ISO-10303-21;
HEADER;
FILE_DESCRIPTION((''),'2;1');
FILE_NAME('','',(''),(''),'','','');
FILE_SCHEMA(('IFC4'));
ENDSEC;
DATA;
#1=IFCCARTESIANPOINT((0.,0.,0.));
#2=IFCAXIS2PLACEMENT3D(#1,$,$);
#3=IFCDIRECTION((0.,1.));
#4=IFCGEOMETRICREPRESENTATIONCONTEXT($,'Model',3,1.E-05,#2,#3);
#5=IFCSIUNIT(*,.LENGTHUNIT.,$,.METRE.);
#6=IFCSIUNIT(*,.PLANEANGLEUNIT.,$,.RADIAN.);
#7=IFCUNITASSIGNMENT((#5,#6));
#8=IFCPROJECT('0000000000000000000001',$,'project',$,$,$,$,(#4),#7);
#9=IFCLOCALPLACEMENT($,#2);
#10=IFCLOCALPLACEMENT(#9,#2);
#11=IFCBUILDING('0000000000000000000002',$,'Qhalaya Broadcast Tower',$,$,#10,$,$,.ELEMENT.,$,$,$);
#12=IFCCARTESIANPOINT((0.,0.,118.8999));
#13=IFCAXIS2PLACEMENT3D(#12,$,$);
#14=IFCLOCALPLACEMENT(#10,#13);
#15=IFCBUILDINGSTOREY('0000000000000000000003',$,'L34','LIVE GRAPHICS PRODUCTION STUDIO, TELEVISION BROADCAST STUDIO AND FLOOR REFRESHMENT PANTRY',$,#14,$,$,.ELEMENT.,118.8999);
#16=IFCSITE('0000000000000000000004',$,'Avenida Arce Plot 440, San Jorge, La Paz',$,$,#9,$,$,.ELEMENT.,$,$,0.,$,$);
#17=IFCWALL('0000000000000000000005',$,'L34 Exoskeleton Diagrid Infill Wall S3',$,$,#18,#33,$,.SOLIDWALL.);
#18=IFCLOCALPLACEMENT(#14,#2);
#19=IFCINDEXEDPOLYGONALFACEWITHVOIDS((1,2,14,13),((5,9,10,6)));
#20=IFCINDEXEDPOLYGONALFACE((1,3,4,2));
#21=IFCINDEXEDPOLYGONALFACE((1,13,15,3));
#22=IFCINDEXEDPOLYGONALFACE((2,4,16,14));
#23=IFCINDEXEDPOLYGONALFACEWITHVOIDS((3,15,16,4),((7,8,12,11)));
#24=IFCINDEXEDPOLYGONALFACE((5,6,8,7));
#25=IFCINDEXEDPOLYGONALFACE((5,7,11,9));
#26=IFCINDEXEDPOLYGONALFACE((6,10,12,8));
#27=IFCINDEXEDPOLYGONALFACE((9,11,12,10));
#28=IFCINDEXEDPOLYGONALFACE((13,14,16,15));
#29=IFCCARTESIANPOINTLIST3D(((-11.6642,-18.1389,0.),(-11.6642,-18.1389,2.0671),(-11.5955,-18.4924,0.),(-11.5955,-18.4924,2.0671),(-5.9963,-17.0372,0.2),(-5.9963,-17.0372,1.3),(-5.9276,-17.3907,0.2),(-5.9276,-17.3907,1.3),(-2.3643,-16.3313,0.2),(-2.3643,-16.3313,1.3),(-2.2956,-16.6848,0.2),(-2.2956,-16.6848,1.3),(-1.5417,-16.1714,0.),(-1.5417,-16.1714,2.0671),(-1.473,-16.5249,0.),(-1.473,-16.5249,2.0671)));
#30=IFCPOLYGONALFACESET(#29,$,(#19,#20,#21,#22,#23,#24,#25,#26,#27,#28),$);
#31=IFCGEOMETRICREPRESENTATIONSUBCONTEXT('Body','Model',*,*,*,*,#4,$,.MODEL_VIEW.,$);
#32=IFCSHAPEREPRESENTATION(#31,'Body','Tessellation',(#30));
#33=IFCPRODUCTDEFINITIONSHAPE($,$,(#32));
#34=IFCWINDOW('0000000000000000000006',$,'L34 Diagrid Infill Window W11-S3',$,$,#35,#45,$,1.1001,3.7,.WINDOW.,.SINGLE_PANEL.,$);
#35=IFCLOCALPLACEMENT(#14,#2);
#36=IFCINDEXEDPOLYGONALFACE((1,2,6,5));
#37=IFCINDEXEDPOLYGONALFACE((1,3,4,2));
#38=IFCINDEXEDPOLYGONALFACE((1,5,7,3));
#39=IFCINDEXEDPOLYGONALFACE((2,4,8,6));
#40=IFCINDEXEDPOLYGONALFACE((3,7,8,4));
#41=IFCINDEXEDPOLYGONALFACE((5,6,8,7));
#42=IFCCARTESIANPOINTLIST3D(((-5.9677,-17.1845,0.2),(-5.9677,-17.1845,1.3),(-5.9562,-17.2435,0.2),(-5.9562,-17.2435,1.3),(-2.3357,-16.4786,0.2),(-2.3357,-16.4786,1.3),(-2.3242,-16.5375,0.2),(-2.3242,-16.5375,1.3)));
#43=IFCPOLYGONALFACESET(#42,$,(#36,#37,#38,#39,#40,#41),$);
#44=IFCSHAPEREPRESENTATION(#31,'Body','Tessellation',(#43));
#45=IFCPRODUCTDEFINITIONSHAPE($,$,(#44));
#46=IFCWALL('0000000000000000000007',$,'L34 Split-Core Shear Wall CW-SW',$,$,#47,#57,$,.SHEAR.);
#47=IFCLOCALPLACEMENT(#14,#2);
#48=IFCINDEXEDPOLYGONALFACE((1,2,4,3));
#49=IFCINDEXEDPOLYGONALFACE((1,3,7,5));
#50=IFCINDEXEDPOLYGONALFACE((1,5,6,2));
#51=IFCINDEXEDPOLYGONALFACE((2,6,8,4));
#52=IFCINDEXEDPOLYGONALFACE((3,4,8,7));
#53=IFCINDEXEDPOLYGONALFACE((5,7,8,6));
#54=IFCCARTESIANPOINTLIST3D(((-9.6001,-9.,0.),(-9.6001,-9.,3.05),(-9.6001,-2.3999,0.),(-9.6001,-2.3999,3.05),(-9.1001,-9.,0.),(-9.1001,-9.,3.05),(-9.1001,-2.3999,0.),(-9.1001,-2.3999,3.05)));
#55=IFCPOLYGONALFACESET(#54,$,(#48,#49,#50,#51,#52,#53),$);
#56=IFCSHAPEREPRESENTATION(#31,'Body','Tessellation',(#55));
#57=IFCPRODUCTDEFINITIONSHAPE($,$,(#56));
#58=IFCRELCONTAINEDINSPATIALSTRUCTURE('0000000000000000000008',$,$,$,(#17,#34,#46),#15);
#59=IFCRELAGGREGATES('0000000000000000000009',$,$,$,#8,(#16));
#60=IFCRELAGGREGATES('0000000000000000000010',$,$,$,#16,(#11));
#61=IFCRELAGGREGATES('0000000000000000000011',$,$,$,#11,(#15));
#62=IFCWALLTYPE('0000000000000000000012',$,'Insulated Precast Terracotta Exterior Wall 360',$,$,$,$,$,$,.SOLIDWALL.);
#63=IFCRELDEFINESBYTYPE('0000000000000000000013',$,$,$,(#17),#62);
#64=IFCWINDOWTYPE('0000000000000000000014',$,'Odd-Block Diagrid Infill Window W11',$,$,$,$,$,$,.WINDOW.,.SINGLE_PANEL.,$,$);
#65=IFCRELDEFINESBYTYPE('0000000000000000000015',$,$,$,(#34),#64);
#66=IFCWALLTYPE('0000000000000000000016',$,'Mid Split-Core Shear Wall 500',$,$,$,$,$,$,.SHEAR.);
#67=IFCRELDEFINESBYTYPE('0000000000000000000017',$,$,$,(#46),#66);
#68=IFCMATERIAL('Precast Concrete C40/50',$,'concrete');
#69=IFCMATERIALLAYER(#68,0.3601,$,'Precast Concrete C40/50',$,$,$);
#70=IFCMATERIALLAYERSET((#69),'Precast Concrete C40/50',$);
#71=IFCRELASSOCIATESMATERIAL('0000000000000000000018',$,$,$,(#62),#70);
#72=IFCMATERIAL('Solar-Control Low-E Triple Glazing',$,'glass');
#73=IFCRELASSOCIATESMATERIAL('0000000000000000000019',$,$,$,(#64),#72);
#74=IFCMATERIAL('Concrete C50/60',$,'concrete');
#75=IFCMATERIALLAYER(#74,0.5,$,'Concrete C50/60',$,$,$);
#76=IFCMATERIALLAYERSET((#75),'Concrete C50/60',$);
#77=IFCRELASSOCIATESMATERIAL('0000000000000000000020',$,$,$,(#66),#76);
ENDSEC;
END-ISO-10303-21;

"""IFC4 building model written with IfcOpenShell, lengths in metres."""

from ifc_helpers import new_model, si_unit, direction, frame, frame_2d, origin, place, context, subcontext, project, spatial, rectangle, extrude, material, layer, layer_set, type_object, element, fill, save


model = new_model("IFC4")

# Units and contexts
model_context = context("Model", 3, precision=1e-05, world=origin(), true_north=direction((0.0, 1.0)))
body_context = subcontext(model_context, "Body", "Model", "MODEL_VIEW")
ifc_project = project(units=[si_unit("LENGTHUNIT", "METRE"), si_unit("PLANEANGLEUNIT", "RADIAN")], contexts=[model_context])

# Site, building, storey
site_placement = place(None, origin())
site = spatial("IfcSite", under=ifc_project, at=site_placement, Name="Avenida Arce Plot 440, San Jorge, La Paz", CompositionType="ELEMENT", RefElevation=0.0)
building_placement = place(site_placement, origin())
building = spatial("IfcBuilding", under=site, at=building_placement, Name="Qhalaya Broadcast Tower", CompositionType="ELEMENT")
storey_placement = place(building_placement, frame((0.0, 0.0, 118.8999)))
storey = spatial("IfcBuildingStorey", under=building, at=storey_placement, Name="L34", Description="LIVE GRAPHICS PRODUCTION STUDIO, TELEVISION BROADCAST STUDIO AND FLOOR REFRESHMENT PANTRY", CompositionType="ELEMENT", Elevation=118.8999)

# Shared definitions
ifc_material_1 = material(Name="Concrete C50/60", Category="concrete")

# Wall, opening, window
ifc_material_2 = material(Name="Precast Concrete C40/50", Category="concrete")
ifc_layer_1 = layer(ifc_material_2, 0.3601, Name="Precast Concrete C40/50")
ifc_layer_set_1 = layer_set([ifc_layer_1], Name="Precast Concrete C40/50")
wall_type_1 = type_object("IfcWallType", Name="Insulated Precast Terracotta Exterior Wall 360", PredefinedType="SOLIDWALL", material=ifc_layer_set_1)
wall_1_placement = place(storey_placement, frame((-1.5073, -16.3481, 0.0), z_axis=(0.0, 0.0, 1.0), x_axis=(-0.981629, -0.1908, 0.0)))
wall_1 = element("IfcWall", 1, at=wall_1_placement, inside=storey, type_object=wall_type_1, Name="L34 Exoskeleton Diagrid Infill Wall S3", PredefinedType="SOLIDWALL", context=body_context, shape_type="SweptSolid", body=[
    extrude(rectangle(XDim=10.312, YDim=0.3601, at=frame_2d((5.156, 0.0))), origin(), (0.0, 0.0, 1.0), 2.0671),
])
opening_placement = place(wall_1_placement, frame((0.8379, 0.0, 0.2)))
opening = element("IfcOpeningElement", 2, at=opening_placement, cuts=wall_1, PredefinedType="OPENING", context=body_context, shape_type="SweptSolid", body=[
    extrude(rectangle(XDim=3.7, YDim=1.1001, at=frame_2d((1.8501, 0.55))), frame((0.0, 0.1921, 0.0), z_axis=(0.0, -1.0, 0.0), x_axis=(1.0, 0.0, 0.0)), (0.0, 0.0, 1.0), 0.384),
])
ifc_material_3 = material(Name="Solar-Control Low-E Triple Glazing", Category="glass")
window_type = type_object("IfcWindowType", Name="Odd-Block Diagrid Infill Window W11", PartitioningType="SINGLE_PANEL", PredefinedType="WINDOW", material=ifc_material_3)
window_placement = place(opening_placement, origin())
window = element("IfcWindow", 3, at=window_placement, inside=storey, type_object=window_type, Name="L34 Diagrid Infill Window W11-S3", OverallHeight=1.1001, OverallWidth=3.7, PartitioningType="SINGLE_PANEL", PredefinedType="WINDOW", context=body_context, shape_type="SweptSolid", body=[
    extrude(rectangle(XDim=3.7, YDim=1.1001, at=frame_2d((1.8501, 0.55))), frame((0.0, 0.03, 0.0), z_axis=(0.0, -1.0, 0.0), x_axis=(1.0, 0.0, 0.0)), (0.0, 0.0, 1.0), 0.0601),
])
fill(opening, window)

# Wall
ifc_layer_2 = layer(ifc_material_1, 0.5, Name="Concrete C50/60")
ifc_layer_set_2 = layer_set([ifc_layer_2], Name="Concrete C50/60")
wall_type_2 = type_object("IfcWallType", Name="Mid Split-Core Shear Wall 500", PredefinedType="SHEAR", material=ifc_layer_set_2)
wall_2_placement = place(storey_placement, frame((-9.3501, -9.0, 0.0), z_axis=(0.0, 0.0, 1.0), x_axis=(0.0, 1.0, 0.0)))
element("IfcWall", 4, at=wall_2_placement, inside=storey, type_object=wall_type_2, Name="L34 Split-Core Shear Wall CW-SW", PredefinedType="SHEAR", context=body_context, shape_type="SweptSolid", body=[
    extrude(rectangle(XDim=6.6001, YDim=0.5, at=frame_2d((3.3, 0.0))), origin(), (0.0, 0.0, 1.0), 3.05),
])

save(model, "model.ifc")
